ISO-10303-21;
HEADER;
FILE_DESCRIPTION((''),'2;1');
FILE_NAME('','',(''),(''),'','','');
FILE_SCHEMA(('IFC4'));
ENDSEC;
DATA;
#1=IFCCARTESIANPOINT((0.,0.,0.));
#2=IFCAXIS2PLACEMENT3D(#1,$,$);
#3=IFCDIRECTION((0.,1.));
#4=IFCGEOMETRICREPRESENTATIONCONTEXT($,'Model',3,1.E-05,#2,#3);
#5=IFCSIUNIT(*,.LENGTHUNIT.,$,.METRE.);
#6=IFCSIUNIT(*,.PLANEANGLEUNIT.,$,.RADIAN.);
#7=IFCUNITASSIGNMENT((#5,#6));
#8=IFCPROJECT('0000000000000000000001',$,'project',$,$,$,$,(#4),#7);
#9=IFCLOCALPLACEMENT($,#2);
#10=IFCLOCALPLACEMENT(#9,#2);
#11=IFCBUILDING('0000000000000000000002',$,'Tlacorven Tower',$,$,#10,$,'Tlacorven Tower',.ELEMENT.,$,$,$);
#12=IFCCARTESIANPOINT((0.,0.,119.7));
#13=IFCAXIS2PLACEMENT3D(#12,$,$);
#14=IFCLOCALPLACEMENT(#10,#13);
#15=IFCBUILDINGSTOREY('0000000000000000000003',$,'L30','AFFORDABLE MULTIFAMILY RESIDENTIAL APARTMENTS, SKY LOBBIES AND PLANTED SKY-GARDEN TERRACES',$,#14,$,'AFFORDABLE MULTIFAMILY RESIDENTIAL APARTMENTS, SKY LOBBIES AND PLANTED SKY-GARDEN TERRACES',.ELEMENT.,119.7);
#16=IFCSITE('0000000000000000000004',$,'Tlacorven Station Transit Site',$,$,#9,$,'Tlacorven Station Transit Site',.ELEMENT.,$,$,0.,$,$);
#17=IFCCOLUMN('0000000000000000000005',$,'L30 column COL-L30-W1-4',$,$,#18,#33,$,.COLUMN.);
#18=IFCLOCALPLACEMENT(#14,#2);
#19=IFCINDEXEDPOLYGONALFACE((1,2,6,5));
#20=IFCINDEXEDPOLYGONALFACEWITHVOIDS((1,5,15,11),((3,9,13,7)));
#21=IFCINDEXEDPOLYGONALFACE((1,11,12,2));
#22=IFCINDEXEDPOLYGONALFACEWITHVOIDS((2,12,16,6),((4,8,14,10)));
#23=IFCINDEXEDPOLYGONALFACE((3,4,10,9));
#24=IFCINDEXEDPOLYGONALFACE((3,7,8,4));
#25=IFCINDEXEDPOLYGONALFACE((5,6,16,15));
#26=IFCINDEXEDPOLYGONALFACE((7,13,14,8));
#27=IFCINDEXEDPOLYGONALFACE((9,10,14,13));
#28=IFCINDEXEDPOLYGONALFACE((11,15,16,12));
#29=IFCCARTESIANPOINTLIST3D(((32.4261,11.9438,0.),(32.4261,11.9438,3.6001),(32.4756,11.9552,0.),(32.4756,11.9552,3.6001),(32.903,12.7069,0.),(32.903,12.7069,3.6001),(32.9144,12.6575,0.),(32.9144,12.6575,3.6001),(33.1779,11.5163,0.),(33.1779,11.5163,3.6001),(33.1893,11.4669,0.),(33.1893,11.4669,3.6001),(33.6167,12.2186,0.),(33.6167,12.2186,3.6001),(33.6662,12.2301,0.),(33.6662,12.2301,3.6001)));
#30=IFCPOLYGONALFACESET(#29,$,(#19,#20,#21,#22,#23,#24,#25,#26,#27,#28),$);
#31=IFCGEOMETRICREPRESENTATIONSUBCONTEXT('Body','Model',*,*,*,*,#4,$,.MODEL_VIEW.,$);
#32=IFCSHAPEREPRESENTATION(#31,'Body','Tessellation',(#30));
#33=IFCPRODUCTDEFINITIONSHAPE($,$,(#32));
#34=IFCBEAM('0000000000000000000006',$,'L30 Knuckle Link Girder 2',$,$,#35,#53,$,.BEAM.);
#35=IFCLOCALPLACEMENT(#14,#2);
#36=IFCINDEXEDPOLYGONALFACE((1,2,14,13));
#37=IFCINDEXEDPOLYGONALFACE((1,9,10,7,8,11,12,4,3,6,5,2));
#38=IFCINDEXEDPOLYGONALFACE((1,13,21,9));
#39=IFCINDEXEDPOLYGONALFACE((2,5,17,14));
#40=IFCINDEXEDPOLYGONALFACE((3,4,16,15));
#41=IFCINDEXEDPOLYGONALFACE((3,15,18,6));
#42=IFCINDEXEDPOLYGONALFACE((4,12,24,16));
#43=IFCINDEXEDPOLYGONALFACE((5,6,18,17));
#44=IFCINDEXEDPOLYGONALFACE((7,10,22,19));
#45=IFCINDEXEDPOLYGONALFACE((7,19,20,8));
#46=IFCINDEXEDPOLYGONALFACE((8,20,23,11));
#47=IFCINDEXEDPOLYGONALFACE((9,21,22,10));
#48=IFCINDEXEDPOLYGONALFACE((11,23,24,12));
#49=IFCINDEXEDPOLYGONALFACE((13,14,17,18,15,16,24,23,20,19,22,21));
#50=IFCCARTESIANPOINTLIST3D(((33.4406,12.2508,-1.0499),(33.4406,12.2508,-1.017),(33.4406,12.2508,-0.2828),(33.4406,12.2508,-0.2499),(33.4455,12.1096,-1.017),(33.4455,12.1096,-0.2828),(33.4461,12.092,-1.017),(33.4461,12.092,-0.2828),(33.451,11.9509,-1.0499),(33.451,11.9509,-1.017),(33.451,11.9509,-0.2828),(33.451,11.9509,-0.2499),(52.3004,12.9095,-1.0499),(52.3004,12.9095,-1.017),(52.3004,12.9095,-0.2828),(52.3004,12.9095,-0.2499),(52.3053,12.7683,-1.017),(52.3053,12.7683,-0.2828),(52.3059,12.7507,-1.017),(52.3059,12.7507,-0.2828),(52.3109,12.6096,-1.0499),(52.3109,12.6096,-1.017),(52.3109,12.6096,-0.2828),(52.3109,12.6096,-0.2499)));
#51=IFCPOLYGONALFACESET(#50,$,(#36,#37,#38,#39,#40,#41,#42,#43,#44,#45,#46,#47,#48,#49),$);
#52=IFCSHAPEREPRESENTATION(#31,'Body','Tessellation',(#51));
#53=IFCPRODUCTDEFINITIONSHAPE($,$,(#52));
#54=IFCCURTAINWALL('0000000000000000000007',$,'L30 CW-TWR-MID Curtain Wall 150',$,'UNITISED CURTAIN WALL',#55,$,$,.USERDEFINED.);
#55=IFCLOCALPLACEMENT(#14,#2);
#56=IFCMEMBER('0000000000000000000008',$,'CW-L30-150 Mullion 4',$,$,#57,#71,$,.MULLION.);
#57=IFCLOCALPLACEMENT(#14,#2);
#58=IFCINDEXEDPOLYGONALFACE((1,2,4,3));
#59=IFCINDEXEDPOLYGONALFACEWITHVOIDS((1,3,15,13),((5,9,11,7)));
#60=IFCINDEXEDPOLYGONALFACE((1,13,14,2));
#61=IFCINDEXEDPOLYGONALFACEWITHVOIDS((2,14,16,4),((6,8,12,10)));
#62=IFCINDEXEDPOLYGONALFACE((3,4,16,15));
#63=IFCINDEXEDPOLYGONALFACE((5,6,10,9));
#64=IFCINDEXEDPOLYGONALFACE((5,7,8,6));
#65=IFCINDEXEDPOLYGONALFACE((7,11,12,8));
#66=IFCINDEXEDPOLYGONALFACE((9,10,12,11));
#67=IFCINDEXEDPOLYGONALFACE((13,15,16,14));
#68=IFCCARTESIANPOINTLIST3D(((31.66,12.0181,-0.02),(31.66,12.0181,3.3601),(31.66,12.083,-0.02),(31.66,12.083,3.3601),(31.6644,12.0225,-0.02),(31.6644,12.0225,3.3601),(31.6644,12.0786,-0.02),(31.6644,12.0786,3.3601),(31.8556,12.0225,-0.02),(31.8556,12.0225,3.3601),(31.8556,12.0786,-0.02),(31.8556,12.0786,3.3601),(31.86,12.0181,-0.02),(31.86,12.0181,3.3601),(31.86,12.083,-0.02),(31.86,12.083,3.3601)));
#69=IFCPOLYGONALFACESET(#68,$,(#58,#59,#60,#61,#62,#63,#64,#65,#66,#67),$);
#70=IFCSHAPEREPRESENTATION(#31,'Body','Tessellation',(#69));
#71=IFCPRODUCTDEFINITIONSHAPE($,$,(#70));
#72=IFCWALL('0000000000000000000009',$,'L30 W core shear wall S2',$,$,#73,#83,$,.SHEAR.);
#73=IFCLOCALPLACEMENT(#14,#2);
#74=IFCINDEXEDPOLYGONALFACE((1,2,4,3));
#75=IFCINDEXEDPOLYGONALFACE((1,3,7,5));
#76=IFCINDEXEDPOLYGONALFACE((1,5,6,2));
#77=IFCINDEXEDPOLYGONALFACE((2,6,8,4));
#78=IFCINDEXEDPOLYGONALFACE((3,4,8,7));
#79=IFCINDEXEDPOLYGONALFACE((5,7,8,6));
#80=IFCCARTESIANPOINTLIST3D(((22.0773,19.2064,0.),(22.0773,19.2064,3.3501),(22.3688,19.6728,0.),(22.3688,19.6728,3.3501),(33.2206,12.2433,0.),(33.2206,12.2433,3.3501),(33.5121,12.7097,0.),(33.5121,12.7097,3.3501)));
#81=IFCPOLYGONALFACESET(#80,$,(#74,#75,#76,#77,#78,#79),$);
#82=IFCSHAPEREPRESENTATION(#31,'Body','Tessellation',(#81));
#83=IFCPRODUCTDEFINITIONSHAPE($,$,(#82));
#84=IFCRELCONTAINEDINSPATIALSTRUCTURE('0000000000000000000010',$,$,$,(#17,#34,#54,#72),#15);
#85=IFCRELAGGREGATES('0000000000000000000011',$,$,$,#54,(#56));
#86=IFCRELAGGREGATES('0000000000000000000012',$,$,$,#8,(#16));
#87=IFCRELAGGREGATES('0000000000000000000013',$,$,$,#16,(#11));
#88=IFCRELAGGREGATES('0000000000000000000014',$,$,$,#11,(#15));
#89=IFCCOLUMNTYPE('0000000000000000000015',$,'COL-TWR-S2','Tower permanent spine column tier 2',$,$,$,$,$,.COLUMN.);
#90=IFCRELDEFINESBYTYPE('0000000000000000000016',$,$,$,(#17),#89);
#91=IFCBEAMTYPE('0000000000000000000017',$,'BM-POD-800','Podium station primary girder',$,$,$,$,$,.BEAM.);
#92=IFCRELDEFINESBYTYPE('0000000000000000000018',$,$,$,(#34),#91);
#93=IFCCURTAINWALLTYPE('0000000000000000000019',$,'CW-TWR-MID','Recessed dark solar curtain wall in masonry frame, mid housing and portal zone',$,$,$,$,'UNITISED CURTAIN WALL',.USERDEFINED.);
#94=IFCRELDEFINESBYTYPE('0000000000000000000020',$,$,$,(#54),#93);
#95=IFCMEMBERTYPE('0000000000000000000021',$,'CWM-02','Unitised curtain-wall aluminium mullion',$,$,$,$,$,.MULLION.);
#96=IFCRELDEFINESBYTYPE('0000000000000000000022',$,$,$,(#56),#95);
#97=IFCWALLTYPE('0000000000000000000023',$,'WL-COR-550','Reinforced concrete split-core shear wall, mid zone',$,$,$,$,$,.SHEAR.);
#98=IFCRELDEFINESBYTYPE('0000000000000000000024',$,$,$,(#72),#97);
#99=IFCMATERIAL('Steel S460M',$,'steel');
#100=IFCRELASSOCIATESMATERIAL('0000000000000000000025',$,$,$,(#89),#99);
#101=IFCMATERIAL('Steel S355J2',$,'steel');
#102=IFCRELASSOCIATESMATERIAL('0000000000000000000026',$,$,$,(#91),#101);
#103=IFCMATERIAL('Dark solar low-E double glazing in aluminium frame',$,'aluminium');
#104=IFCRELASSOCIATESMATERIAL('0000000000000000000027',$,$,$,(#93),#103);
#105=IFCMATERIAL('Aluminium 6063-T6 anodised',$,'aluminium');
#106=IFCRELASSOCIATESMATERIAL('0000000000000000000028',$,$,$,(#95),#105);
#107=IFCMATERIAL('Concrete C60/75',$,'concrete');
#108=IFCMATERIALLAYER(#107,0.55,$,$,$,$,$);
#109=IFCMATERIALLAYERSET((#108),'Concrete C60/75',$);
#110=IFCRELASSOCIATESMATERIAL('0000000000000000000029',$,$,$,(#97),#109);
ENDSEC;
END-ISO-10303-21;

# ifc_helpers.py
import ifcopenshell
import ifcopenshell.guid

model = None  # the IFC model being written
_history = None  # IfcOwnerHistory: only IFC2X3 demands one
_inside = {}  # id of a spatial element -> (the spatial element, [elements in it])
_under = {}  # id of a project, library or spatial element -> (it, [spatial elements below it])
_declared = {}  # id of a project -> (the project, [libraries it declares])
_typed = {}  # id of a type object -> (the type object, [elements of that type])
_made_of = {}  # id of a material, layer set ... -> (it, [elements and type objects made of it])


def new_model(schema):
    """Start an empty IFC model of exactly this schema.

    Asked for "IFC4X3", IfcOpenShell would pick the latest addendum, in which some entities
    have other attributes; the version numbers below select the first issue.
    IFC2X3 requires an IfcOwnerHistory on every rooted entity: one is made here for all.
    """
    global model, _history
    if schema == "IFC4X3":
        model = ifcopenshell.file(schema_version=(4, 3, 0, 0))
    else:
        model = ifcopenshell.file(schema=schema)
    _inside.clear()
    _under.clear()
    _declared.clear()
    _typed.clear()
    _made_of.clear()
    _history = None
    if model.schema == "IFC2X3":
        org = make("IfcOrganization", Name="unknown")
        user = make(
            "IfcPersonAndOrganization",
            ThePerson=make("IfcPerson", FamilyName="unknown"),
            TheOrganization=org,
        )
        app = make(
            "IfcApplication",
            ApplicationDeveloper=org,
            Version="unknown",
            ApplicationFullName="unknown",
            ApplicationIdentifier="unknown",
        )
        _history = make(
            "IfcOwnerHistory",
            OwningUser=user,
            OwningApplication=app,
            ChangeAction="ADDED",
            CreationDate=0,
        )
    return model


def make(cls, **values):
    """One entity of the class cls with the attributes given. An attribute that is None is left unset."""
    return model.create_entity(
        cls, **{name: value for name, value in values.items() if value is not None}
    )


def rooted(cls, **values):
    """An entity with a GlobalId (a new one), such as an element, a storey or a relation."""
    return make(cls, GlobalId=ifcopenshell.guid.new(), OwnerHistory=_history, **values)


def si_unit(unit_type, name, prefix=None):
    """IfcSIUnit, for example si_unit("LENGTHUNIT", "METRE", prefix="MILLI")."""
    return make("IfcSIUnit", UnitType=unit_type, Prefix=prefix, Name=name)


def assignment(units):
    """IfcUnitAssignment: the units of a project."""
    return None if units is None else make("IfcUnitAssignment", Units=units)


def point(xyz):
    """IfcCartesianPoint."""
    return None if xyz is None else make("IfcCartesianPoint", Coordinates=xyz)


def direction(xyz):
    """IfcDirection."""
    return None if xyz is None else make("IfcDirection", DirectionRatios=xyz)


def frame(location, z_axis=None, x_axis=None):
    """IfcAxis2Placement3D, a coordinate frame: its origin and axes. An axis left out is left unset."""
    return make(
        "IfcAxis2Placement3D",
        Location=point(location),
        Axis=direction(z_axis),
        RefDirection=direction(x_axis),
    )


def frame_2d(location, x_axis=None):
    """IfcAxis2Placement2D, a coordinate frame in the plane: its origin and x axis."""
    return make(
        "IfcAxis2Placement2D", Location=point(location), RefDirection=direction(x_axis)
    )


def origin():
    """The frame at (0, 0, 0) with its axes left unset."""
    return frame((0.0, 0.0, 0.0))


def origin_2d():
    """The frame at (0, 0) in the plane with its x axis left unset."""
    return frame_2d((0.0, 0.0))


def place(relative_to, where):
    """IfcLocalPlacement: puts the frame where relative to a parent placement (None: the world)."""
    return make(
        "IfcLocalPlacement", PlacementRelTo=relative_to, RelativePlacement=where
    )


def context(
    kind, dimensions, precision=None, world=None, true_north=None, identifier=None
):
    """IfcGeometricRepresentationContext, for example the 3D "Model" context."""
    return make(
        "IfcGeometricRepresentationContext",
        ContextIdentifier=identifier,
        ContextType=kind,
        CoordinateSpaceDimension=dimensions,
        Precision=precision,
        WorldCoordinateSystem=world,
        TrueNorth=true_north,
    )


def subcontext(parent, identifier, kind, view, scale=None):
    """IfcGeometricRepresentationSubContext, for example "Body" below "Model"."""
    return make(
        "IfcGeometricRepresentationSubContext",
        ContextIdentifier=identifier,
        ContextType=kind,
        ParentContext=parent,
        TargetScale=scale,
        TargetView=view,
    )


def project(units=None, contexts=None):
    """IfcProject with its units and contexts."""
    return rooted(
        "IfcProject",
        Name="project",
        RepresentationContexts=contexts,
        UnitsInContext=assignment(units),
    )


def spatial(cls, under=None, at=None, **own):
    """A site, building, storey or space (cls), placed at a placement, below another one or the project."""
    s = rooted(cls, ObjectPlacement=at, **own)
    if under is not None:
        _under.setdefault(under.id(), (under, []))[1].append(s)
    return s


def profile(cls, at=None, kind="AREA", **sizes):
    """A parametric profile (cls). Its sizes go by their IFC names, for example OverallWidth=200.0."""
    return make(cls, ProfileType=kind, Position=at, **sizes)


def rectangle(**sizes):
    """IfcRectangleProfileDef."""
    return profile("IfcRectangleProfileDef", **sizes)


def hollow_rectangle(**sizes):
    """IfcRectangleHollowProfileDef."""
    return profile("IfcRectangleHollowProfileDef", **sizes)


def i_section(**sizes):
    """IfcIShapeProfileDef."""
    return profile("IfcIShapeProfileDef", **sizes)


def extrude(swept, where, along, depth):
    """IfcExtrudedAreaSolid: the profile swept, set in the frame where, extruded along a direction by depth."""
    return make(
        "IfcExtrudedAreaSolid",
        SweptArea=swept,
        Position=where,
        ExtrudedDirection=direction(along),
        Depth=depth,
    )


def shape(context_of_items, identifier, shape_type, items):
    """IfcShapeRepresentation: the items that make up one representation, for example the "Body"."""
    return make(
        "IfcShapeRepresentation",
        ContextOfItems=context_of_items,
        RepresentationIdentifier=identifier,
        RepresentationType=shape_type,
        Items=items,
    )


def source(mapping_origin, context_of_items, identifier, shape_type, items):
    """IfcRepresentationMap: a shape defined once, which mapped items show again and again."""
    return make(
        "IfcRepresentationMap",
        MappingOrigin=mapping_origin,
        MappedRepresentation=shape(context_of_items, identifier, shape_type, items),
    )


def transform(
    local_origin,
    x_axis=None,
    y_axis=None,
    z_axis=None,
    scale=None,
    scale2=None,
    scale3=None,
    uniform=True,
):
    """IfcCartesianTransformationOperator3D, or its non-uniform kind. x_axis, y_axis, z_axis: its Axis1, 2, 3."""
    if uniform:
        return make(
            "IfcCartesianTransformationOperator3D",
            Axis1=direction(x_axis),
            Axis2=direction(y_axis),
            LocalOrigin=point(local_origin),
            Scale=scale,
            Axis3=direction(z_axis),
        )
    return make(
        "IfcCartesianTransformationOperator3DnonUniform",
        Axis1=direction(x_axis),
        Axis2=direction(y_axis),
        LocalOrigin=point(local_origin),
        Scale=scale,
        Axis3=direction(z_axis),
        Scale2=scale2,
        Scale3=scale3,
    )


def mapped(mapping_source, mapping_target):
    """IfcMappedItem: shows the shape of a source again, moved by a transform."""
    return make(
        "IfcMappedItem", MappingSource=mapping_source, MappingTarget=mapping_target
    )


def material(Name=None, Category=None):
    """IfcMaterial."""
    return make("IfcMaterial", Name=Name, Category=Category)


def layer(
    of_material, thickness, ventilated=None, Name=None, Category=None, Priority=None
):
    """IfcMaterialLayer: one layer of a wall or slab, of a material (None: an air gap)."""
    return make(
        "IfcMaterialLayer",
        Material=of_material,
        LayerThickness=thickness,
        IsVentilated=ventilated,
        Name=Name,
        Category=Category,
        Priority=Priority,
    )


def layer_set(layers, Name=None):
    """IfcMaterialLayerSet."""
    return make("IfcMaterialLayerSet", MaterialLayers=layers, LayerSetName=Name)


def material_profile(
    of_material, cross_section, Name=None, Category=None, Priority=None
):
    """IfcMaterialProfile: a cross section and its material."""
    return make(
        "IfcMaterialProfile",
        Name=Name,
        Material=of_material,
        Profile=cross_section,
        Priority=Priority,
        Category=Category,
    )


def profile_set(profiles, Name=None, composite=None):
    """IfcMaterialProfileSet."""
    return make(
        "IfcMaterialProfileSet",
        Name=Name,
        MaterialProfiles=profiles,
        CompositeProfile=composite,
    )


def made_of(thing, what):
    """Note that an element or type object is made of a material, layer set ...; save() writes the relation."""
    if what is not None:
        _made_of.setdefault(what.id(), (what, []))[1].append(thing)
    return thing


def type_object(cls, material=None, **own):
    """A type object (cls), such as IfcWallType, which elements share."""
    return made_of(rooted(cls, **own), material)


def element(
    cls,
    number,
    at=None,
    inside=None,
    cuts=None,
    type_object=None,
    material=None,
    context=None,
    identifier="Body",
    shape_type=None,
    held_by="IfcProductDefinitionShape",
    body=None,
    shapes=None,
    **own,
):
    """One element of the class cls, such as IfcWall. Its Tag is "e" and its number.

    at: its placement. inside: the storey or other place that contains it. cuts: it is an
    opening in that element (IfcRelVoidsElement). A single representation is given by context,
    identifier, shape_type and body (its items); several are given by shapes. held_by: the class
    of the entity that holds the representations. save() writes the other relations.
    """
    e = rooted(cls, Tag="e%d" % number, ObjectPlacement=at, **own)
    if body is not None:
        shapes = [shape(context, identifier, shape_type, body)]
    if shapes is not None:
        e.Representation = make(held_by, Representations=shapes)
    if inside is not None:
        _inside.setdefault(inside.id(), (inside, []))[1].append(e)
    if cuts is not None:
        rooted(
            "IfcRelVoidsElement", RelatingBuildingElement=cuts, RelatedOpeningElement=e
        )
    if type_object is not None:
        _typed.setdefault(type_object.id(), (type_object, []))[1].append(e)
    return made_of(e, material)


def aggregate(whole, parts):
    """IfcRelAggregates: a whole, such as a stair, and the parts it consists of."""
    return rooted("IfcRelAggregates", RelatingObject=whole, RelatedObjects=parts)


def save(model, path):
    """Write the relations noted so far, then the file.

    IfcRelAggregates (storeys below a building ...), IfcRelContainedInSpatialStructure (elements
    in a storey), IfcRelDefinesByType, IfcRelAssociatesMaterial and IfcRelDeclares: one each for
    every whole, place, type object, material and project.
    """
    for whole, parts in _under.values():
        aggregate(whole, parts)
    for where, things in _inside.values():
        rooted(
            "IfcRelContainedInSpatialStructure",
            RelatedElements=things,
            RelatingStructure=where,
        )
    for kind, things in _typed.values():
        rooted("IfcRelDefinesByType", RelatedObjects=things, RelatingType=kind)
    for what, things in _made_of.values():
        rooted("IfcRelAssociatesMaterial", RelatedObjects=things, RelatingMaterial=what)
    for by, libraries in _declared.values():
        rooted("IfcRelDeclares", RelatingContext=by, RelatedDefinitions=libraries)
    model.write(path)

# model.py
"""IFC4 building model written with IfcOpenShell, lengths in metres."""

from ifc_helpers import new_model, si_unit, direction, frame, frame_2d, origin, origin_2d, place, context, subcontext, project, spatial, rectangle, hollow_rectangle, i_section, extrude, source, transform, mapped, material, layer, layer_set, material_profile, profile_set, type_object, element, aggregate, save


model = new_model("IFC4")

# Units and contexts
model_context = context("Model", 3, precision=1e-05, world=origin(), true_north=direction((0.0, 1.0)))
body_context = subcontext(model_context, "Body", "Model", "MODEL_VIEW")
ifc_project = project(units=[si_unit("LENGTHUNIT", "METRE"), si_unit("PLANEANGLEUNIT", "RADIAN")], contexts=[model_context])

# Site, building, storey
site_placement = place(None, origin())
site = spatial("IfcSite", under=ifc_project, at=site_placement, Name="Tlacorven Station Transit Site", LongName="Tlacorven Station Transit Site", CompositionType="ELEMENT", RefElevation=0.0)
building_placement = place(site_placement, origin())
building = spatial("IfcBuilding", under=site, at=building_placement, Name="Tlacorven Tower", LongName="Tlacorven Tower", CompositionType="ELEMENT")
storey_placement = place(building_placement, frame((0.0, 0.0, 119.7)))
storey = spatial("IfcBuildingStorey", under=building, at=storey_placement, Name="L30", Description="AFFORDABLE MULTIFAMILY RESIDENTIAL APARTMENTS, SKY LOBBIES AND PLANTED SKY-GARDEN TERRACES", LongName="AFFORDABLE MULTIFAMILY RESIDENTIAL APARTMENTS, SKY LOBBIES AND PLANTED SKY-GARDEN TERRACES", CompositionType="ELEMENT", Elevation=119.7)

# Column
ifc_material_1 = material(Name="Steel S460M", Category="steel")
ifc_material_profile_1 = material_profile(ifc_material_1, hollow_rectangle(XDim=0.8999, YDim=0.8999, WallThickness=0.0359, at=origin_2d()), Name="BOX 900X900X36")
ifc_profile_set_1 = profile_set([ifc_material_profile_1], Name="Steel S460M")
column_type = type_object("IfcColumnType", Name="COL-TWR-S2", Description="Tower permanent spine column tier 2", PredefinedType="COLUMN", material=ifc_profile_set_1)
shared_shape_1 = source(origin(), body_context, "Body", "SweptSolid", [
    extrude(hollow_rectangle(XDim=0.8999, YDim=0.8999, WallThickness=0.0359, at=origin_2d()), origin(), (0.0, 0.0, 1.0), 3.6001),
])
column_placement = place(storey_placement, frame((33.0461, 12.0869, 0.0), z_axis=(0.0, 0.0, 1.0), x_axis=(-0.848048, 0.529919, 0.0)))
element("IfcColumn", 1, at=column_placement, inside=storey, type_object=column_type, Name="L30 column COL-L30-W1-4", PredefinedType="COLUMN", context=body_context, shape_type="MappedRepresentation", body=[
    mapped(shared_shape_1, transform((0.0, 0.0, 0.0), scale=1.0)),
])

# Beam
ifc_material_2 = material(Name="Steel S355J2", Category="steel")
ifc_material_profile_2 = material_profile(ifc_material_2, i_section(OverallWidth=0.3, OverallDepth=0.8, WebThickness=0.0176, FlangeThickness=0.033, at=origin_2d()), Name="HEB 800")
ifc_profile_set_2 = profile_set([ifc_material_profile_2], Name="Steel S355J2")
beam_type = type_object("IfcBeamType", Name="BM-POD-800", Description="Podium station primary girder", PredefinedType="BEAM", material=ifc_profile_set_2)
shared_shape_2 = source(origin(), body_context, "Body", "SweptSolid", [
    extrude(i_section(OverallWidth=0.3, OverallDepth=0.8, WebThickness=0.0176, FlangeThickness=0.033, at=origin_2d()), origin(), (0.0, 0.0, 1.0), 18.8713),
])
beam_placement = place(storey_placement, frame((33.4458, 12.1008, -0.6499), z_axis=(0.999391, 0.034904, 0.0), x_axis=(-0.034904, 0.999391, 0.0)))
element("IfcBeam", 2, at=beam_placement, inside=storey, type_object=beam_type, Name="L30 Knuckle Link Girder 2", PredefinedType="BEAM", context=body_context, shape_type="MappedRepresentation", body=[
    mapped(shared_shape_2, transform((0.0, 0.0, 0.0), scale=1.0)),
])

# Curtain wall, member
ifc_material_3 = material(Name="Dark solar low-E double glazing in aluminium frame", Category="aluminium")
curtain_wall_type = type_object("IfcCurtainWallType", Name="CW-TWR-MID", Description="Recessed dark solar curtain wall in masonry frame, mid housing and portal zone", ElementType="UNITISED CURTAIN WALL", PredefinedType="USERDEFINED", material=ifc_material_3)
curtain_wall_placement = place(storey_placement, origin())
curtain_wall = element("IfcCurtainWall", 3, at=curtain_wall_placement, inside=storey, type_object=curtain_wall_type, Name="L30 CW-TWR-MID Curtain Wall 150", ObjectType="UNITISED CURTAIN WALL", PredefinedType="USERDEFINED")
ifc_material_4 = material(Name="Aluminium 6063-T6 anodised", Category="aluminium")
ifc_material_profile_3 = material_profile(ifc_material_4, hollow_rectangle(XDim=0.0649, YDim=0.2, WallThickness=0.0044, at=origin_2d()), Name="ALU MULLION 65X200")
ifc_profile_set_3 = profile_set([ifc_material_profile_3], Name="Aluminium 6063-T6 anodised")
member_type = type_object("IfcMemberType", Name="CWM-02", Description="Unitised curtain-wall aluminium mullion", PredefinedType="MULLION", material=ifc_profile_set_3)
shared_shape_3 = source(origin(), body_context, "Body", "SweptSolid", [
    extrude(hollow_rectangle(XDim=0.0649, YDim=0.2, WallThickness=0.0044, at=origin_2d()), origin(), (0.0, 0.0, 1.0), 3.3801),
])
member_placement = place(storey_placement, frame((31.76, 12.0505, -0.02), z_axis=(0.0, 0.0, 1.0), x_axis=(0.0, 1.0, 0.0)))
member = element("IfcMember", 4, at=member_placement, type_object=member_type, Name="CW-L30-150 Mullion 4", PredefinedType="MULLION", context=body_context, shape_type="MappedRepresentation", body=[
    mapped(shared_shape_3, transform((0.0, 0.0, 0.0), scale=1.0)),
])
aggregate(curtain_wall, [member])

# Wall
ifc_material_5 = material(Name="Concrete C60/75", Category="concrete")
ifc_layer_1 = layer(ifc_material_5, 0.55)
ifc_layer_set_1 = layer_set([ifc_layer_1], Name="Concrete C60/75")
wall_type_1 = type_object("IfcWallType", Name="WL-COR-550", Description="Reinforced concrete split-core shear wall, mid zone", PredefinedType="SHEAR", material=ifc_layer_set_1)
wall_1_placement = place(storey_placement, frame((33.3662, 12.4766, 0.0), z_axis=(0.0, 0.0, 1.0), x_axis=(-0.848047, 0.52992, 0.0)))
element("IfcWall", 5, at=wall_1_placement, inside=storey, type_object=wall_type_1, Name="L30 W core shear wall S2", PredefinedType="SHEAR", context=body_context, shape_type="SweptSolid", body=[
    extrude(rectangle(XDim=13.1399, YDim=0.55, at=frame_2d((6.5698, 0.0))), origin(), (0.0, 0.0, 1.0), 3.3501),
])

save(model, "model.ifc")
